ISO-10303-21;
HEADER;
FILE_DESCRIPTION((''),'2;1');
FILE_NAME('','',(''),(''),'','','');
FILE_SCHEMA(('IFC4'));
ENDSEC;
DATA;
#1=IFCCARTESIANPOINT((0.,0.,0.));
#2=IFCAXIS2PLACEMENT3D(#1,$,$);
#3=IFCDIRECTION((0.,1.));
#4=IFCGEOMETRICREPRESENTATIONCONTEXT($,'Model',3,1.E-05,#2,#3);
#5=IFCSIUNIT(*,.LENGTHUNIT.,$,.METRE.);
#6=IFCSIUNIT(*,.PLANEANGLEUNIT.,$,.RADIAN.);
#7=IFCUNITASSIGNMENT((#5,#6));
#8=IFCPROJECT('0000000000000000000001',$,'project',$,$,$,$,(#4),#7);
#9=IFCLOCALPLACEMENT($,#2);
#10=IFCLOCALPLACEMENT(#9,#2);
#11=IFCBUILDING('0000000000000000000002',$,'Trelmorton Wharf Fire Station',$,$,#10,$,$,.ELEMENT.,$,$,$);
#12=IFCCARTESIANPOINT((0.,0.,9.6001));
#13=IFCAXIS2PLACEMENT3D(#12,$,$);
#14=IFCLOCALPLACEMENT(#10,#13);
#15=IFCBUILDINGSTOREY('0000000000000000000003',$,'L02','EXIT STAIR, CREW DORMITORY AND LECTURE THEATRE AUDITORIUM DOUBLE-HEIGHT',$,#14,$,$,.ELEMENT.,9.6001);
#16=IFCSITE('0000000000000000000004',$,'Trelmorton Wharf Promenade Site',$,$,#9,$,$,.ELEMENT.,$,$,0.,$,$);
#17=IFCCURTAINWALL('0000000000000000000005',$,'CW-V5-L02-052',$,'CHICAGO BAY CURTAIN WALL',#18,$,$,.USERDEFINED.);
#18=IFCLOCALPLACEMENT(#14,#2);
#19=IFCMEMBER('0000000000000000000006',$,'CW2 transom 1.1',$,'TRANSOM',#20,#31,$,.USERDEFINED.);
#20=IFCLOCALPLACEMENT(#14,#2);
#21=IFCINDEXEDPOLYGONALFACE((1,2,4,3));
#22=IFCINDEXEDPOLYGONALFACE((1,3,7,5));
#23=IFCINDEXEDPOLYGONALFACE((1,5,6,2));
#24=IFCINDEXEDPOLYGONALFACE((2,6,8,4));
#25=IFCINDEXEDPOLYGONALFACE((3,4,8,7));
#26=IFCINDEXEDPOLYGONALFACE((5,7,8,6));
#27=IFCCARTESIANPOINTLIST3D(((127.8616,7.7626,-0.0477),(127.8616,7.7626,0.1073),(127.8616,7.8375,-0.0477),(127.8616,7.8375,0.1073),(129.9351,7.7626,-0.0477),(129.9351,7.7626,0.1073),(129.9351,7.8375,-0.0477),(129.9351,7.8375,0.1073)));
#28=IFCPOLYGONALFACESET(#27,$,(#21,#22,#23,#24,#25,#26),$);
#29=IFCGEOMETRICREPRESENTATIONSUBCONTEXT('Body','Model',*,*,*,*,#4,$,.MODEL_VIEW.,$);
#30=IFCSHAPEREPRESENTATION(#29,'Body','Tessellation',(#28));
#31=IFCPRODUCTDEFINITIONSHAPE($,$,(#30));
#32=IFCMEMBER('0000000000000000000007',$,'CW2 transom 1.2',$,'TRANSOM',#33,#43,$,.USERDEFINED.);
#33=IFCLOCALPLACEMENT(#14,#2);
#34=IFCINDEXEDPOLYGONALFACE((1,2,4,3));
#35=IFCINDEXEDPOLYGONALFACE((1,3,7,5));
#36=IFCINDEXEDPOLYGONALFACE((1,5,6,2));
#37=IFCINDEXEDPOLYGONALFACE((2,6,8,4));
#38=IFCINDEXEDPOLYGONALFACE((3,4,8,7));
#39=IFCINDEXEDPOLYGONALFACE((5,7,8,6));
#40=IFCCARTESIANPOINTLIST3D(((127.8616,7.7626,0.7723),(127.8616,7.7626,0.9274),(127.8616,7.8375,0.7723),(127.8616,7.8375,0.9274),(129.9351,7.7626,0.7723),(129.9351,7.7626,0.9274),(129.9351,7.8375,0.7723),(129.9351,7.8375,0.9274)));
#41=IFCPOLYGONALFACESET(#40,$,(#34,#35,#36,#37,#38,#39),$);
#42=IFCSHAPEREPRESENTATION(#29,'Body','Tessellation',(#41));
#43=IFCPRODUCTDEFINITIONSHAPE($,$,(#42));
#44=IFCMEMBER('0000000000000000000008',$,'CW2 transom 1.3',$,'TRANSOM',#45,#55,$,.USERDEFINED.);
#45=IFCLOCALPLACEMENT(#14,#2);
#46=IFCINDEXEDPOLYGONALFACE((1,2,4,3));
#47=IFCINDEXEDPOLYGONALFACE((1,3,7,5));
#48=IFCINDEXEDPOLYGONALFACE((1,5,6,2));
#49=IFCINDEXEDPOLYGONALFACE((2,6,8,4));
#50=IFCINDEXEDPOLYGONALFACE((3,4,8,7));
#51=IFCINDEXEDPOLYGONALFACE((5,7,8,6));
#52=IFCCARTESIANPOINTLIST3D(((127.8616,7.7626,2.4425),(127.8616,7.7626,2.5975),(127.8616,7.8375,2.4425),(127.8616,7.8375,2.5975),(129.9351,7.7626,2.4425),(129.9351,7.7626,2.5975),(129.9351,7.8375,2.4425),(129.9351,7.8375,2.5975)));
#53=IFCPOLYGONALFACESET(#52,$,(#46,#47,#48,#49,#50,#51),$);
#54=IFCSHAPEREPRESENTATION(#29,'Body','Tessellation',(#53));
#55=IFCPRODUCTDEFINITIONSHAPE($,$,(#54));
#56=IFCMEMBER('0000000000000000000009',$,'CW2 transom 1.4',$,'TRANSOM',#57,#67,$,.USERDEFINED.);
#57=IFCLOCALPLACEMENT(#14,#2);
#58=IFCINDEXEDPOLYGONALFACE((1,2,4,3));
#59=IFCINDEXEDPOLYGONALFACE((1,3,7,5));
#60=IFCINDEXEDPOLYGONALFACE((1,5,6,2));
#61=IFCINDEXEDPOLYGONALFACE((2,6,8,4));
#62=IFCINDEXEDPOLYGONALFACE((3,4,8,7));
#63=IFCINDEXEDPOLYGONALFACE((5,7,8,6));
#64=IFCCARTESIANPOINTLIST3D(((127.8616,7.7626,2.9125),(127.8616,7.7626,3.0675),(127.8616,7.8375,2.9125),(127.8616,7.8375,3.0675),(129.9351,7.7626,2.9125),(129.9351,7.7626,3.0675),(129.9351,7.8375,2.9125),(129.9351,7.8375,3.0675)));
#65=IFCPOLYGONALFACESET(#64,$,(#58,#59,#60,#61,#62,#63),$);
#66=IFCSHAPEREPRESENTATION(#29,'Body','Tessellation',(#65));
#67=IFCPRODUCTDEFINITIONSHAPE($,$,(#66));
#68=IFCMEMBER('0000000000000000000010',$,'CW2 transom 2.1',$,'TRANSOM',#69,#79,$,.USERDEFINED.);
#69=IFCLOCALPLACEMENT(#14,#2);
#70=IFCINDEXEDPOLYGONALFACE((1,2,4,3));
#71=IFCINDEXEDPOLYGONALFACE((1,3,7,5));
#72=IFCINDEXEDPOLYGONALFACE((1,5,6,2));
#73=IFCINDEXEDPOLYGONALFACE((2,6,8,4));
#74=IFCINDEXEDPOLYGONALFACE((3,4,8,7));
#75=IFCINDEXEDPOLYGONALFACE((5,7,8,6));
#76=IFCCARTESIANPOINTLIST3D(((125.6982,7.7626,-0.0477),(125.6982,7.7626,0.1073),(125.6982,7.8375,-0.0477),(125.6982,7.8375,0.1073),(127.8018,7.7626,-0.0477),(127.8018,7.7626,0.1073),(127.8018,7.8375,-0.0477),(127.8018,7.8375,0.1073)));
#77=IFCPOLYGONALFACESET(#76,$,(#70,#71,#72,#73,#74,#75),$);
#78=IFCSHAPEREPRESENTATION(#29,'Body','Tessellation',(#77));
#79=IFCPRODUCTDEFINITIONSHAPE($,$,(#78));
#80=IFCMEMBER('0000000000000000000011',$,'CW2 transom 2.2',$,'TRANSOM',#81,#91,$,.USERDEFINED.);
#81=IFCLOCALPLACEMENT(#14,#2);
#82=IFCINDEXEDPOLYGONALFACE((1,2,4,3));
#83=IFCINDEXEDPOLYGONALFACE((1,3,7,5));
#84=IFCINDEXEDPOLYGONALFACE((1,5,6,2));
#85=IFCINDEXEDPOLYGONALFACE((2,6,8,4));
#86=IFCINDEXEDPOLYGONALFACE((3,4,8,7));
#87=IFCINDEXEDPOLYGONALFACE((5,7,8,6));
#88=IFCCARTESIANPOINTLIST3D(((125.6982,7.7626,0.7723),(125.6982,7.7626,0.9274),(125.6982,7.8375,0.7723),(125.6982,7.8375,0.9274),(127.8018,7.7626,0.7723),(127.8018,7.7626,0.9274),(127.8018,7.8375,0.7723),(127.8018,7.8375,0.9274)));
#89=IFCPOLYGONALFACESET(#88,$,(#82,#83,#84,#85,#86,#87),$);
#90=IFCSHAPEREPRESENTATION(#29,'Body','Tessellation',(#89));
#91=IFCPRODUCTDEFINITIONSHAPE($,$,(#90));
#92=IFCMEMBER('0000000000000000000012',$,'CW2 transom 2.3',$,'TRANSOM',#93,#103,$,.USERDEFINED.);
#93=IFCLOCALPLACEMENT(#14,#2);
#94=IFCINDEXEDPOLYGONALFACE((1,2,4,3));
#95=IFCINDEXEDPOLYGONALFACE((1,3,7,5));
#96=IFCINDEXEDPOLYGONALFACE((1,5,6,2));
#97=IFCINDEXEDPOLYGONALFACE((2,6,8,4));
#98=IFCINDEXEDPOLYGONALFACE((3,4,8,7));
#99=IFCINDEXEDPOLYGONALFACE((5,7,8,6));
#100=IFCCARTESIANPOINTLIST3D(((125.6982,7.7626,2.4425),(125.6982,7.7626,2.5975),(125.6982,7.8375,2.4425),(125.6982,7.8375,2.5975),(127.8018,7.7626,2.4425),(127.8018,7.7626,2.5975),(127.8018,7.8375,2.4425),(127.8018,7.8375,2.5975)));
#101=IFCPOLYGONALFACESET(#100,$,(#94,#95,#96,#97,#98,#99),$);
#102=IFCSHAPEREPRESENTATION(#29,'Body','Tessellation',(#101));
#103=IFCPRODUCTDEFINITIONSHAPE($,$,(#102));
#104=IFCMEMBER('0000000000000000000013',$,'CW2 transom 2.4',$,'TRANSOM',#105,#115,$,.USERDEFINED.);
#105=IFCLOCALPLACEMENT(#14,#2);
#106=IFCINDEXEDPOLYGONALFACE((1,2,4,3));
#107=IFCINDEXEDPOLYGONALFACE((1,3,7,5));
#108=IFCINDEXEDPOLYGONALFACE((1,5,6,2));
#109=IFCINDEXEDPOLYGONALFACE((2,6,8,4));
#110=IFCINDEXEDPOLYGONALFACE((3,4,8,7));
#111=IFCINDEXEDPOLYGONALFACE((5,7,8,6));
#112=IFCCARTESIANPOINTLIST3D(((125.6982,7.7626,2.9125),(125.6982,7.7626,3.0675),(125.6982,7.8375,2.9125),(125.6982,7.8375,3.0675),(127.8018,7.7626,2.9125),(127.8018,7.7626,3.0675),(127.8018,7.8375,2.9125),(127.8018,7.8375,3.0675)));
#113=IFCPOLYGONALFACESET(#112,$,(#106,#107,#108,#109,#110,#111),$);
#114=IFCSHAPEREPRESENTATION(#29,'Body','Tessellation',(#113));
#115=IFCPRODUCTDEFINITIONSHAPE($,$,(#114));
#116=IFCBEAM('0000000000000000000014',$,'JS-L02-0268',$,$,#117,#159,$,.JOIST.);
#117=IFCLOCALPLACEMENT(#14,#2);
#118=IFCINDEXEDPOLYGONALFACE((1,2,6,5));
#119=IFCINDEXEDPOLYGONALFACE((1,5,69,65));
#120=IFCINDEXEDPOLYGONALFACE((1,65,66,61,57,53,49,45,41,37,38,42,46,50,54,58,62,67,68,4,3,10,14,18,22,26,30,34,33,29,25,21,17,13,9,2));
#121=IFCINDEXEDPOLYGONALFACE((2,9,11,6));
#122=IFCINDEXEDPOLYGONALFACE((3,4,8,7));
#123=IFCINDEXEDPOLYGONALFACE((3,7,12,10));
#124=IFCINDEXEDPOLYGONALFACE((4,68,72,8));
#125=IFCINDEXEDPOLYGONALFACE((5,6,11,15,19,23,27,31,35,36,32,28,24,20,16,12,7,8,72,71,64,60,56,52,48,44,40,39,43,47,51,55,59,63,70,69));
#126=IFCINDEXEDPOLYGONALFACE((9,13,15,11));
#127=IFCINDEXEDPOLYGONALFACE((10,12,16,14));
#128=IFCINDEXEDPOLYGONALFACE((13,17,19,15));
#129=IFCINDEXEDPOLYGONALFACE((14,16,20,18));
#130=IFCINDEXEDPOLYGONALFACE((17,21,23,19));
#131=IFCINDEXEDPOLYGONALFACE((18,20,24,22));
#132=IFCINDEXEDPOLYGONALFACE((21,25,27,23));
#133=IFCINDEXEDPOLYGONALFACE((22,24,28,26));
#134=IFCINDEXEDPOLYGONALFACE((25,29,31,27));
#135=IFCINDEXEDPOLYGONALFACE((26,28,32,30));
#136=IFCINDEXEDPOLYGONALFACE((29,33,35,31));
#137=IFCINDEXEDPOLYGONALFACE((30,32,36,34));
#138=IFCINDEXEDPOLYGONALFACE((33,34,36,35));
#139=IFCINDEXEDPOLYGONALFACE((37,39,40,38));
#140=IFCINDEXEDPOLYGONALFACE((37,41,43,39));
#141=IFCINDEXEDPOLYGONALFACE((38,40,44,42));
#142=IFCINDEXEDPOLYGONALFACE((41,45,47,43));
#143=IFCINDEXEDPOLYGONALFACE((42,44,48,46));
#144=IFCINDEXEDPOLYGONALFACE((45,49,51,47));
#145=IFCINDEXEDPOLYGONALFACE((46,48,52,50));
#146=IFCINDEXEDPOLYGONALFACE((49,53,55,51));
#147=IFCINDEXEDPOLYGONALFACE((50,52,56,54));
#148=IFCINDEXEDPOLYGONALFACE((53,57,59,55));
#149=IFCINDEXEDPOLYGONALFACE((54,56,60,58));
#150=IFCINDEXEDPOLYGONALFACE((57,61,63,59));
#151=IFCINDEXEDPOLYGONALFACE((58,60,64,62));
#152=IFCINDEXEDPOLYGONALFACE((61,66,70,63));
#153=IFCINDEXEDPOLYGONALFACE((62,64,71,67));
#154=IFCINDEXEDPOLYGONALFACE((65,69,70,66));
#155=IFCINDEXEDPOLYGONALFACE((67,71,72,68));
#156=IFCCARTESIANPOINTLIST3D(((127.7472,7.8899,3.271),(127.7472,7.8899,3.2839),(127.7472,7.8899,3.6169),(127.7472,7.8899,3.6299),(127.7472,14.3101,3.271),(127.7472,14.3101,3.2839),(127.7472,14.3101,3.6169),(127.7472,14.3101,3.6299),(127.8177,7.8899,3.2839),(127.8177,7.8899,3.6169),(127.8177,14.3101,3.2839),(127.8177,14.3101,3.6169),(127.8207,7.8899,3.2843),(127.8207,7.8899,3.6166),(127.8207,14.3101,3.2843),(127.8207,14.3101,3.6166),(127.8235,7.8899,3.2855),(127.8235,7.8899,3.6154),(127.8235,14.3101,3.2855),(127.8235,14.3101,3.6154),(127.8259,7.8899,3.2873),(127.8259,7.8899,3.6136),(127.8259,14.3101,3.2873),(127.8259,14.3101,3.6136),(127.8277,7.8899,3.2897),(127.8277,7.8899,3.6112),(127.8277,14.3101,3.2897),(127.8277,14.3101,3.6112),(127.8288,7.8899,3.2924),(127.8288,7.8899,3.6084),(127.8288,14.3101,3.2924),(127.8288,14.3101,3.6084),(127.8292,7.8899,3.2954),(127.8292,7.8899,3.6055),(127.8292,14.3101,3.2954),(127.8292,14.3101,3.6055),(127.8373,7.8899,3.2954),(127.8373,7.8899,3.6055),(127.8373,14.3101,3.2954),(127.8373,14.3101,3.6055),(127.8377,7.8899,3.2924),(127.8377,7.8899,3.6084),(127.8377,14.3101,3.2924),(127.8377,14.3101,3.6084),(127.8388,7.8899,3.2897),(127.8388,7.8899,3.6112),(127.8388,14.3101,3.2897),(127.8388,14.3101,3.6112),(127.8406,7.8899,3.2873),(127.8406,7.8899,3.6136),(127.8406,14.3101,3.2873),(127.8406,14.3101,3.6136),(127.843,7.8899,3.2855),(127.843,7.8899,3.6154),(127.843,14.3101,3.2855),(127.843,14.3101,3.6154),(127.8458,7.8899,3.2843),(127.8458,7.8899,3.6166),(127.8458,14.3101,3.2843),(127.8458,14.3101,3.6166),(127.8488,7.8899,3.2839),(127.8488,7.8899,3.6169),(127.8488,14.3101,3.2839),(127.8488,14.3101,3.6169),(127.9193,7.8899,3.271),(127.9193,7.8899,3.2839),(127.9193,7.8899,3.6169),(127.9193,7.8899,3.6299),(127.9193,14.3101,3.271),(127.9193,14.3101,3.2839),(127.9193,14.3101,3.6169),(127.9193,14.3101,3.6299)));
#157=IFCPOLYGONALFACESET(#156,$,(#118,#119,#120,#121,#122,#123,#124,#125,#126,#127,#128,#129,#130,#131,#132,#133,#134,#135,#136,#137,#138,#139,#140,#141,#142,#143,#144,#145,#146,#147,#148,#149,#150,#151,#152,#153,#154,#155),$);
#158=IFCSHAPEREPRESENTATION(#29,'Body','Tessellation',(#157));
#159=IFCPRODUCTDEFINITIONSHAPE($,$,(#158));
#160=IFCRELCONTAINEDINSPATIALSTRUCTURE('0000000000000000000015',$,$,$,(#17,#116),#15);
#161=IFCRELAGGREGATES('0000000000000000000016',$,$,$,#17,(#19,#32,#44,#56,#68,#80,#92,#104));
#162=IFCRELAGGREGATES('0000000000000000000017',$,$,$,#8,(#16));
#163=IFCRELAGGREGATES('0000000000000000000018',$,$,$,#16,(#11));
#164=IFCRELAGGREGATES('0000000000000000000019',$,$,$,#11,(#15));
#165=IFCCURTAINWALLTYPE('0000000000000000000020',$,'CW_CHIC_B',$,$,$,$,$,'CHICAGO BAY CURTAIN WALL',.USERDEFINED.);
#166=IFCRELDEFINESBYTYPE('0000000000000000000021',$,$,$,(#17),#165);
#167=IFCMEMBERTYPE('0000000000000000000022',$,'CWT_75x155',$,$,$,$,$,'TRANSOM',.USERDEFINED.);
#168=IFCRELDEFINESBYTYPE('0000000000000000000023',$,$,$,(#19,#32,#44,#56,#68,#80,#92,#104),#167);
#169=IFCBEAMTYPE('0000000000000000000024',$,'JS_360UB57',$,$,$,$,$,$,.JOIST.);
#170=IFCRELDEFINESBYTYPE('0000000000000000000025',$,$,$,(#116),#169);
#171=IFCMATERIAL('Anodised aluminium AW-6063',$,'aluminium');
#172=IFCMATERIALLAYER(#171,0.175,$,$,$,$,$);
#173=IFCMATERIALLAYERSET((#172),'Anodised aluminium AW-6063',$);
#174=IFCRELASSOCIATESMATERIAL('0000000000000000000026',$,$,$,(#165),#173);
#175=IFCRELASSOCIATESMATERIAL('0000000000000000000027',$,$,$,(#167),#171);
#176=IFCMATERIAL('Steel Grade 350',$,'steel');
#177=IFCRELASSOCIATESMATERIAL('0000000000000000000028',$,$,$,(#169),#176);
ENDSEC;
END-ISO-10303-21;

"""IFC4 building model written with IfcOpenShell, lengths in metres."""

from ifc_helpers import new_model, si_unit, direction, frame, origin, origin_2d, place, context, subcontext, project, spatial, rectangle, i_section, extrude, material, layer, layer_set, material_profile, profile_set, type_object, element, aggregate, save


model = new_model("IFC4")

# Units and contexts
model_context = context("Model", 3, precision=1e-05, world=origin(), true_north=direction((0.0, 1.0)))
body_context = subcontext(model_context, "Body", "Model", "MODEL_VIEW")
ifc_project = project(units=[si_unit("LENGTHUNIT", "METRE"), si_unit("PLANEANGLEUNIT", "RADIAN")], contexts=[model_context])

# Site, building, storey
site_placement = place(None, origin())
site = spatial("IfcSite", under=ifc_project, at=site_placement, Name="Trelmorton Wharf Promenade Site", CompositionType="ELEMENT", RefElevation=0.0)
building_placement = place(site_placement, origin())
building = spatial("IfcBuilding", under=site, at=building_placement, Name="Trelmorton Wharf Fire Station", CompositionType="ELEMENT")
storey_placement = place(building_placement, frame((0.0, 0.0, 9.6001)))
storey = spatial("IfcBuildingStorey", under=building, at=storey_placement, Name="L02", Description="EXIT STAIR, CREW DORMITORY AND LECTURE THEATRE AUDITORIUM DOUBLE-HEIGHT", CompositionType="ELEMENT", Elevation=9.6001)

# Shared definitions
ifc_material_1 = material(Name="Steel Grade 350", Category="steel")

# Shared definitions
ifc_material_2 = material(Name="Anodised aluminium AW-6063", Category="aluminium")

# Curtain wall, members
ifc_layer_1 = layer(ifc_material_2, 0.175)
ifc_layer_set_1 = layer_set([ifc_layer_1], Name="Anodised aluminium AW-6063")
curtain_wall_type_1 = type_object("IfcCurtainWallType", Name="CW_CHIC_B", ElementType="CHICAGO BAY CURTAIN WALL", PredefinedType="USERDEFINED", material=ifc_layer_set_1)
curtain_wall_1_placement = place(storey_placement, origin())
curtain_wall_1 = element("IfcCurtainWall", 1, at=curtain_wall_1_placement, inside=storey, type_object=curtain_wall_type_1, Name="CW-V5-L02-052", ObjectType="CHICAGO BAY CURTAIN WALL", PredefinedType="USERDEFINED")
ifc_material_profile_1 = material_profile(ifc_material_2, rectangle(XDim=0.075, YDim=0.155, at=origin_2d()), Name="ALU-75x155")
ifc_profile_set_1 = profile_set([ifc_material_profile_1], Name="Anodised aluminium AW-6063")
member_type_1 = type_object("IfcMemberType", Name="CWT_75x155", ElementType="TRANSOM", PredefinedType="USERDEFINED", material=ifc_profile_set_1)
member_1_placement = place(storey_placement, frame((129.9351, 7.8, 0.0298), z_axis=(-1.0, 0.0, 0.0), x_axis=(0.0, -1.0, 0.0)))
member_1 = element("IfcMember", 2, at=member_1_placement, type_object=member_type_1, Name="CW2 transom 1.1", ObjectType="TRANSOM", PredefinedType="USERDEFINED", context=body_context, shape_type="SweptSolid", body=[
    extrude(rectangle(XDim=0.075, YDim=0.155, at=origin_2d()), origin(), (0.0, 0.0, 1.0), 2.0735),
])
member_2_placement = place(storey_placement, frame((129.9351, 7.8, 0.8499), z_axis=(-1.0, 0.0, 0.0), x_axis=(0.0, -1.0, 0.0)))
member_2 = element("IfcMember", 3, at=member_2_placement, type_object=member_type_1, Name="CW2 transom 1.2", ObjectType="TRANSOM", PredefinedType="USERDEFINED", context=body_context, shape_type="SweptSolid", body=[
    extrude(rectangle(XDim=0.075, YDim=0.155, at=origin_2d()), origin(), (0.0, 0.0, 1.0), 2.0735),
])
member_3_placement = place(storey_placement, frame((129.9351, 7.8, 2.52), z_axis=(-1.0, 0.0, 0.0), x_axis=(0.0, -1.0, 0.0)))
member_3 = element("IfcMember", 4, at=member_3_placement, type_object=member_type_1, Name="CW2 transom 1.3", ObjectType="TRANSOM", PredefinedType="USERDEFINED", context=body_context, shape_type="SweptSolid", body=[
    extrude(rectangle(XDim=0.075, YDim=0.155, at=origin_2d()), origin(), (0.0, 0.0, 1.0), 2.0735),
])
member_4_placement = place(storey_placement, frame((129.9351, 7.8, 2.99), z_axis=(-1.0, 0.0, 0.0), x_axis=(0.0, -1.0, 0.0)))
member_4 = element("IfcMember", 5, at=member_4_placement, type_object=member_type_1, Name="CW2 transom 1.4", ObjectType="TRANSOM", PredefinedType="USERDEFINED", context=body_context, shape_type="SweptSolid", body=[
    extrude(rectangle(XDim=0.075, YDim=0.155, at=origin_2d()), origin(), (0.0, 0.0, 1.0), 2.0735),
])
member_5_placement = place(storey_placement, frame((127.8018, 7.8, 0.0298), z_axis=(-1.0, 0.0, 0.0), x_axis=(0.0, -1.0, 0.0)))
member_5 = element("IfcMember", 6, at=member_5_placement, type_object=member_type_1, Name="CW2 transom 2.1", ObjectType="TRANSOM", PredefinedType="USERDEFINED", context=body_context, shape_type="SweptSolid", body=[
    extrude(rectangle(XDim=0.075, YDim=0.155, at=origin_2d()), origin(), (0.0, 0.0, 1.0), 2.1035),
])
member_6_placement = place(storey_placement, frame((127.8018, 7.8, 0.8499), z_axis=(-1.0, 0.0, 0.0), x_axis=(0.0, -1.0, 0.0)))
member_6 = element("IfcMember", 7, at=member_6_placement, type_object=member_type_1, Name="CW2 transom 2.2", ObjectType="TRANSOM", PredefinedType="USERDEFINED", context=body_context, shape_type="SweptSolid", body=[
    extrude(rectangle(XDim=0.075, YDim=0.155, at=origin_2d()), origin(), (0.0, 0.0, 1.0), 2.1035),
])
member_7_placement = place(storey_placement, frame((127.8018, 7.8, 2.52), z_axis=(-1.0, 0.0, 0.0), x_axis=(0.0, -1.0, 0.0)))
member_7 = element("IfcMember", 8, at=member_7_placement, type_object=member_type_1, Name="CW2 transom 2.3", ObjectType="TRANSOM", PredefinedType="USERDEFINED", context=body_context, shape_type="SweptSolid", body=[
    extrude(rectangle(XDim=0.075, YDim=0.155, at=origin_2d()), origin(), (0.0, 0.0, 1.0), 2.1035),
])
member_8_placement = place(storey_placement, frame((127.8018, 7.8, 2.99), z_axis=(-1.0, 0.0, 0.0), x_axis=(0.0, -1.0, 0.0)))
member_8 = element("IfcMember", 9, at=member_8_placement, type_object=member_type_1, Name="CW2 transom 2.4", ObjectType="TRANSOM", PredefinedType="USERDEFINED", context=body_context, shape_type="SweptSolid", body=[
    extrude(rectangle(XDim=0.075, YDim=0.155, at=origin_2d()), origin(), (0.0, 0.0, 1.0), 2.1035),
])

# Beam
ifc_material_profile_2 = material_profile(ifc_material_1, i_section(OverallWidth=0.1721, OverallDepth=0.3589, WebThickness=0.0081, FlangeThickness=0.0129, FilletRadius=0.0115, at=origin_2d()), Name="360UB56.7")
ifc_profile_set_2 = profile_set([ifc_material_profile_2], Name="Steel Grade 350")
beam_type_1 = type_object("IfcBeamType", Name="JS_360UB57", PredefinedType="JOIST", material=ifc_profile_set_2)
beam_1_placement = place(storey_placement, frame((127.8333, 7.8899, 3.4504), z_axis=(0.0, 1.0, 0.0), x_axis=(-1.0, 0.0, 0.0)))
element("IfcBeam", 10, at=beam_1_placement, inside=storey, type_object=beam_type_1, Name="JS-L02-0268", PredefinedType="JOIST", context=body_context, shape_type="SweptSolid", body=[
    extrude(i_section(OverallWidth=0.1721, OverallDepth=0.3589, WebThickness=0.0081, FlangeThickness=0.0129, FilletRadius=0.0115, at=origin_2d()), origin(), (0.0, 0.0, 1.0), 6.4202),
])

aggregate(curtain_wall_1, [member_1, member_2, member_3, member_4, member_5, member_6, member_7, member_8])

save(model, "model.ifc")
